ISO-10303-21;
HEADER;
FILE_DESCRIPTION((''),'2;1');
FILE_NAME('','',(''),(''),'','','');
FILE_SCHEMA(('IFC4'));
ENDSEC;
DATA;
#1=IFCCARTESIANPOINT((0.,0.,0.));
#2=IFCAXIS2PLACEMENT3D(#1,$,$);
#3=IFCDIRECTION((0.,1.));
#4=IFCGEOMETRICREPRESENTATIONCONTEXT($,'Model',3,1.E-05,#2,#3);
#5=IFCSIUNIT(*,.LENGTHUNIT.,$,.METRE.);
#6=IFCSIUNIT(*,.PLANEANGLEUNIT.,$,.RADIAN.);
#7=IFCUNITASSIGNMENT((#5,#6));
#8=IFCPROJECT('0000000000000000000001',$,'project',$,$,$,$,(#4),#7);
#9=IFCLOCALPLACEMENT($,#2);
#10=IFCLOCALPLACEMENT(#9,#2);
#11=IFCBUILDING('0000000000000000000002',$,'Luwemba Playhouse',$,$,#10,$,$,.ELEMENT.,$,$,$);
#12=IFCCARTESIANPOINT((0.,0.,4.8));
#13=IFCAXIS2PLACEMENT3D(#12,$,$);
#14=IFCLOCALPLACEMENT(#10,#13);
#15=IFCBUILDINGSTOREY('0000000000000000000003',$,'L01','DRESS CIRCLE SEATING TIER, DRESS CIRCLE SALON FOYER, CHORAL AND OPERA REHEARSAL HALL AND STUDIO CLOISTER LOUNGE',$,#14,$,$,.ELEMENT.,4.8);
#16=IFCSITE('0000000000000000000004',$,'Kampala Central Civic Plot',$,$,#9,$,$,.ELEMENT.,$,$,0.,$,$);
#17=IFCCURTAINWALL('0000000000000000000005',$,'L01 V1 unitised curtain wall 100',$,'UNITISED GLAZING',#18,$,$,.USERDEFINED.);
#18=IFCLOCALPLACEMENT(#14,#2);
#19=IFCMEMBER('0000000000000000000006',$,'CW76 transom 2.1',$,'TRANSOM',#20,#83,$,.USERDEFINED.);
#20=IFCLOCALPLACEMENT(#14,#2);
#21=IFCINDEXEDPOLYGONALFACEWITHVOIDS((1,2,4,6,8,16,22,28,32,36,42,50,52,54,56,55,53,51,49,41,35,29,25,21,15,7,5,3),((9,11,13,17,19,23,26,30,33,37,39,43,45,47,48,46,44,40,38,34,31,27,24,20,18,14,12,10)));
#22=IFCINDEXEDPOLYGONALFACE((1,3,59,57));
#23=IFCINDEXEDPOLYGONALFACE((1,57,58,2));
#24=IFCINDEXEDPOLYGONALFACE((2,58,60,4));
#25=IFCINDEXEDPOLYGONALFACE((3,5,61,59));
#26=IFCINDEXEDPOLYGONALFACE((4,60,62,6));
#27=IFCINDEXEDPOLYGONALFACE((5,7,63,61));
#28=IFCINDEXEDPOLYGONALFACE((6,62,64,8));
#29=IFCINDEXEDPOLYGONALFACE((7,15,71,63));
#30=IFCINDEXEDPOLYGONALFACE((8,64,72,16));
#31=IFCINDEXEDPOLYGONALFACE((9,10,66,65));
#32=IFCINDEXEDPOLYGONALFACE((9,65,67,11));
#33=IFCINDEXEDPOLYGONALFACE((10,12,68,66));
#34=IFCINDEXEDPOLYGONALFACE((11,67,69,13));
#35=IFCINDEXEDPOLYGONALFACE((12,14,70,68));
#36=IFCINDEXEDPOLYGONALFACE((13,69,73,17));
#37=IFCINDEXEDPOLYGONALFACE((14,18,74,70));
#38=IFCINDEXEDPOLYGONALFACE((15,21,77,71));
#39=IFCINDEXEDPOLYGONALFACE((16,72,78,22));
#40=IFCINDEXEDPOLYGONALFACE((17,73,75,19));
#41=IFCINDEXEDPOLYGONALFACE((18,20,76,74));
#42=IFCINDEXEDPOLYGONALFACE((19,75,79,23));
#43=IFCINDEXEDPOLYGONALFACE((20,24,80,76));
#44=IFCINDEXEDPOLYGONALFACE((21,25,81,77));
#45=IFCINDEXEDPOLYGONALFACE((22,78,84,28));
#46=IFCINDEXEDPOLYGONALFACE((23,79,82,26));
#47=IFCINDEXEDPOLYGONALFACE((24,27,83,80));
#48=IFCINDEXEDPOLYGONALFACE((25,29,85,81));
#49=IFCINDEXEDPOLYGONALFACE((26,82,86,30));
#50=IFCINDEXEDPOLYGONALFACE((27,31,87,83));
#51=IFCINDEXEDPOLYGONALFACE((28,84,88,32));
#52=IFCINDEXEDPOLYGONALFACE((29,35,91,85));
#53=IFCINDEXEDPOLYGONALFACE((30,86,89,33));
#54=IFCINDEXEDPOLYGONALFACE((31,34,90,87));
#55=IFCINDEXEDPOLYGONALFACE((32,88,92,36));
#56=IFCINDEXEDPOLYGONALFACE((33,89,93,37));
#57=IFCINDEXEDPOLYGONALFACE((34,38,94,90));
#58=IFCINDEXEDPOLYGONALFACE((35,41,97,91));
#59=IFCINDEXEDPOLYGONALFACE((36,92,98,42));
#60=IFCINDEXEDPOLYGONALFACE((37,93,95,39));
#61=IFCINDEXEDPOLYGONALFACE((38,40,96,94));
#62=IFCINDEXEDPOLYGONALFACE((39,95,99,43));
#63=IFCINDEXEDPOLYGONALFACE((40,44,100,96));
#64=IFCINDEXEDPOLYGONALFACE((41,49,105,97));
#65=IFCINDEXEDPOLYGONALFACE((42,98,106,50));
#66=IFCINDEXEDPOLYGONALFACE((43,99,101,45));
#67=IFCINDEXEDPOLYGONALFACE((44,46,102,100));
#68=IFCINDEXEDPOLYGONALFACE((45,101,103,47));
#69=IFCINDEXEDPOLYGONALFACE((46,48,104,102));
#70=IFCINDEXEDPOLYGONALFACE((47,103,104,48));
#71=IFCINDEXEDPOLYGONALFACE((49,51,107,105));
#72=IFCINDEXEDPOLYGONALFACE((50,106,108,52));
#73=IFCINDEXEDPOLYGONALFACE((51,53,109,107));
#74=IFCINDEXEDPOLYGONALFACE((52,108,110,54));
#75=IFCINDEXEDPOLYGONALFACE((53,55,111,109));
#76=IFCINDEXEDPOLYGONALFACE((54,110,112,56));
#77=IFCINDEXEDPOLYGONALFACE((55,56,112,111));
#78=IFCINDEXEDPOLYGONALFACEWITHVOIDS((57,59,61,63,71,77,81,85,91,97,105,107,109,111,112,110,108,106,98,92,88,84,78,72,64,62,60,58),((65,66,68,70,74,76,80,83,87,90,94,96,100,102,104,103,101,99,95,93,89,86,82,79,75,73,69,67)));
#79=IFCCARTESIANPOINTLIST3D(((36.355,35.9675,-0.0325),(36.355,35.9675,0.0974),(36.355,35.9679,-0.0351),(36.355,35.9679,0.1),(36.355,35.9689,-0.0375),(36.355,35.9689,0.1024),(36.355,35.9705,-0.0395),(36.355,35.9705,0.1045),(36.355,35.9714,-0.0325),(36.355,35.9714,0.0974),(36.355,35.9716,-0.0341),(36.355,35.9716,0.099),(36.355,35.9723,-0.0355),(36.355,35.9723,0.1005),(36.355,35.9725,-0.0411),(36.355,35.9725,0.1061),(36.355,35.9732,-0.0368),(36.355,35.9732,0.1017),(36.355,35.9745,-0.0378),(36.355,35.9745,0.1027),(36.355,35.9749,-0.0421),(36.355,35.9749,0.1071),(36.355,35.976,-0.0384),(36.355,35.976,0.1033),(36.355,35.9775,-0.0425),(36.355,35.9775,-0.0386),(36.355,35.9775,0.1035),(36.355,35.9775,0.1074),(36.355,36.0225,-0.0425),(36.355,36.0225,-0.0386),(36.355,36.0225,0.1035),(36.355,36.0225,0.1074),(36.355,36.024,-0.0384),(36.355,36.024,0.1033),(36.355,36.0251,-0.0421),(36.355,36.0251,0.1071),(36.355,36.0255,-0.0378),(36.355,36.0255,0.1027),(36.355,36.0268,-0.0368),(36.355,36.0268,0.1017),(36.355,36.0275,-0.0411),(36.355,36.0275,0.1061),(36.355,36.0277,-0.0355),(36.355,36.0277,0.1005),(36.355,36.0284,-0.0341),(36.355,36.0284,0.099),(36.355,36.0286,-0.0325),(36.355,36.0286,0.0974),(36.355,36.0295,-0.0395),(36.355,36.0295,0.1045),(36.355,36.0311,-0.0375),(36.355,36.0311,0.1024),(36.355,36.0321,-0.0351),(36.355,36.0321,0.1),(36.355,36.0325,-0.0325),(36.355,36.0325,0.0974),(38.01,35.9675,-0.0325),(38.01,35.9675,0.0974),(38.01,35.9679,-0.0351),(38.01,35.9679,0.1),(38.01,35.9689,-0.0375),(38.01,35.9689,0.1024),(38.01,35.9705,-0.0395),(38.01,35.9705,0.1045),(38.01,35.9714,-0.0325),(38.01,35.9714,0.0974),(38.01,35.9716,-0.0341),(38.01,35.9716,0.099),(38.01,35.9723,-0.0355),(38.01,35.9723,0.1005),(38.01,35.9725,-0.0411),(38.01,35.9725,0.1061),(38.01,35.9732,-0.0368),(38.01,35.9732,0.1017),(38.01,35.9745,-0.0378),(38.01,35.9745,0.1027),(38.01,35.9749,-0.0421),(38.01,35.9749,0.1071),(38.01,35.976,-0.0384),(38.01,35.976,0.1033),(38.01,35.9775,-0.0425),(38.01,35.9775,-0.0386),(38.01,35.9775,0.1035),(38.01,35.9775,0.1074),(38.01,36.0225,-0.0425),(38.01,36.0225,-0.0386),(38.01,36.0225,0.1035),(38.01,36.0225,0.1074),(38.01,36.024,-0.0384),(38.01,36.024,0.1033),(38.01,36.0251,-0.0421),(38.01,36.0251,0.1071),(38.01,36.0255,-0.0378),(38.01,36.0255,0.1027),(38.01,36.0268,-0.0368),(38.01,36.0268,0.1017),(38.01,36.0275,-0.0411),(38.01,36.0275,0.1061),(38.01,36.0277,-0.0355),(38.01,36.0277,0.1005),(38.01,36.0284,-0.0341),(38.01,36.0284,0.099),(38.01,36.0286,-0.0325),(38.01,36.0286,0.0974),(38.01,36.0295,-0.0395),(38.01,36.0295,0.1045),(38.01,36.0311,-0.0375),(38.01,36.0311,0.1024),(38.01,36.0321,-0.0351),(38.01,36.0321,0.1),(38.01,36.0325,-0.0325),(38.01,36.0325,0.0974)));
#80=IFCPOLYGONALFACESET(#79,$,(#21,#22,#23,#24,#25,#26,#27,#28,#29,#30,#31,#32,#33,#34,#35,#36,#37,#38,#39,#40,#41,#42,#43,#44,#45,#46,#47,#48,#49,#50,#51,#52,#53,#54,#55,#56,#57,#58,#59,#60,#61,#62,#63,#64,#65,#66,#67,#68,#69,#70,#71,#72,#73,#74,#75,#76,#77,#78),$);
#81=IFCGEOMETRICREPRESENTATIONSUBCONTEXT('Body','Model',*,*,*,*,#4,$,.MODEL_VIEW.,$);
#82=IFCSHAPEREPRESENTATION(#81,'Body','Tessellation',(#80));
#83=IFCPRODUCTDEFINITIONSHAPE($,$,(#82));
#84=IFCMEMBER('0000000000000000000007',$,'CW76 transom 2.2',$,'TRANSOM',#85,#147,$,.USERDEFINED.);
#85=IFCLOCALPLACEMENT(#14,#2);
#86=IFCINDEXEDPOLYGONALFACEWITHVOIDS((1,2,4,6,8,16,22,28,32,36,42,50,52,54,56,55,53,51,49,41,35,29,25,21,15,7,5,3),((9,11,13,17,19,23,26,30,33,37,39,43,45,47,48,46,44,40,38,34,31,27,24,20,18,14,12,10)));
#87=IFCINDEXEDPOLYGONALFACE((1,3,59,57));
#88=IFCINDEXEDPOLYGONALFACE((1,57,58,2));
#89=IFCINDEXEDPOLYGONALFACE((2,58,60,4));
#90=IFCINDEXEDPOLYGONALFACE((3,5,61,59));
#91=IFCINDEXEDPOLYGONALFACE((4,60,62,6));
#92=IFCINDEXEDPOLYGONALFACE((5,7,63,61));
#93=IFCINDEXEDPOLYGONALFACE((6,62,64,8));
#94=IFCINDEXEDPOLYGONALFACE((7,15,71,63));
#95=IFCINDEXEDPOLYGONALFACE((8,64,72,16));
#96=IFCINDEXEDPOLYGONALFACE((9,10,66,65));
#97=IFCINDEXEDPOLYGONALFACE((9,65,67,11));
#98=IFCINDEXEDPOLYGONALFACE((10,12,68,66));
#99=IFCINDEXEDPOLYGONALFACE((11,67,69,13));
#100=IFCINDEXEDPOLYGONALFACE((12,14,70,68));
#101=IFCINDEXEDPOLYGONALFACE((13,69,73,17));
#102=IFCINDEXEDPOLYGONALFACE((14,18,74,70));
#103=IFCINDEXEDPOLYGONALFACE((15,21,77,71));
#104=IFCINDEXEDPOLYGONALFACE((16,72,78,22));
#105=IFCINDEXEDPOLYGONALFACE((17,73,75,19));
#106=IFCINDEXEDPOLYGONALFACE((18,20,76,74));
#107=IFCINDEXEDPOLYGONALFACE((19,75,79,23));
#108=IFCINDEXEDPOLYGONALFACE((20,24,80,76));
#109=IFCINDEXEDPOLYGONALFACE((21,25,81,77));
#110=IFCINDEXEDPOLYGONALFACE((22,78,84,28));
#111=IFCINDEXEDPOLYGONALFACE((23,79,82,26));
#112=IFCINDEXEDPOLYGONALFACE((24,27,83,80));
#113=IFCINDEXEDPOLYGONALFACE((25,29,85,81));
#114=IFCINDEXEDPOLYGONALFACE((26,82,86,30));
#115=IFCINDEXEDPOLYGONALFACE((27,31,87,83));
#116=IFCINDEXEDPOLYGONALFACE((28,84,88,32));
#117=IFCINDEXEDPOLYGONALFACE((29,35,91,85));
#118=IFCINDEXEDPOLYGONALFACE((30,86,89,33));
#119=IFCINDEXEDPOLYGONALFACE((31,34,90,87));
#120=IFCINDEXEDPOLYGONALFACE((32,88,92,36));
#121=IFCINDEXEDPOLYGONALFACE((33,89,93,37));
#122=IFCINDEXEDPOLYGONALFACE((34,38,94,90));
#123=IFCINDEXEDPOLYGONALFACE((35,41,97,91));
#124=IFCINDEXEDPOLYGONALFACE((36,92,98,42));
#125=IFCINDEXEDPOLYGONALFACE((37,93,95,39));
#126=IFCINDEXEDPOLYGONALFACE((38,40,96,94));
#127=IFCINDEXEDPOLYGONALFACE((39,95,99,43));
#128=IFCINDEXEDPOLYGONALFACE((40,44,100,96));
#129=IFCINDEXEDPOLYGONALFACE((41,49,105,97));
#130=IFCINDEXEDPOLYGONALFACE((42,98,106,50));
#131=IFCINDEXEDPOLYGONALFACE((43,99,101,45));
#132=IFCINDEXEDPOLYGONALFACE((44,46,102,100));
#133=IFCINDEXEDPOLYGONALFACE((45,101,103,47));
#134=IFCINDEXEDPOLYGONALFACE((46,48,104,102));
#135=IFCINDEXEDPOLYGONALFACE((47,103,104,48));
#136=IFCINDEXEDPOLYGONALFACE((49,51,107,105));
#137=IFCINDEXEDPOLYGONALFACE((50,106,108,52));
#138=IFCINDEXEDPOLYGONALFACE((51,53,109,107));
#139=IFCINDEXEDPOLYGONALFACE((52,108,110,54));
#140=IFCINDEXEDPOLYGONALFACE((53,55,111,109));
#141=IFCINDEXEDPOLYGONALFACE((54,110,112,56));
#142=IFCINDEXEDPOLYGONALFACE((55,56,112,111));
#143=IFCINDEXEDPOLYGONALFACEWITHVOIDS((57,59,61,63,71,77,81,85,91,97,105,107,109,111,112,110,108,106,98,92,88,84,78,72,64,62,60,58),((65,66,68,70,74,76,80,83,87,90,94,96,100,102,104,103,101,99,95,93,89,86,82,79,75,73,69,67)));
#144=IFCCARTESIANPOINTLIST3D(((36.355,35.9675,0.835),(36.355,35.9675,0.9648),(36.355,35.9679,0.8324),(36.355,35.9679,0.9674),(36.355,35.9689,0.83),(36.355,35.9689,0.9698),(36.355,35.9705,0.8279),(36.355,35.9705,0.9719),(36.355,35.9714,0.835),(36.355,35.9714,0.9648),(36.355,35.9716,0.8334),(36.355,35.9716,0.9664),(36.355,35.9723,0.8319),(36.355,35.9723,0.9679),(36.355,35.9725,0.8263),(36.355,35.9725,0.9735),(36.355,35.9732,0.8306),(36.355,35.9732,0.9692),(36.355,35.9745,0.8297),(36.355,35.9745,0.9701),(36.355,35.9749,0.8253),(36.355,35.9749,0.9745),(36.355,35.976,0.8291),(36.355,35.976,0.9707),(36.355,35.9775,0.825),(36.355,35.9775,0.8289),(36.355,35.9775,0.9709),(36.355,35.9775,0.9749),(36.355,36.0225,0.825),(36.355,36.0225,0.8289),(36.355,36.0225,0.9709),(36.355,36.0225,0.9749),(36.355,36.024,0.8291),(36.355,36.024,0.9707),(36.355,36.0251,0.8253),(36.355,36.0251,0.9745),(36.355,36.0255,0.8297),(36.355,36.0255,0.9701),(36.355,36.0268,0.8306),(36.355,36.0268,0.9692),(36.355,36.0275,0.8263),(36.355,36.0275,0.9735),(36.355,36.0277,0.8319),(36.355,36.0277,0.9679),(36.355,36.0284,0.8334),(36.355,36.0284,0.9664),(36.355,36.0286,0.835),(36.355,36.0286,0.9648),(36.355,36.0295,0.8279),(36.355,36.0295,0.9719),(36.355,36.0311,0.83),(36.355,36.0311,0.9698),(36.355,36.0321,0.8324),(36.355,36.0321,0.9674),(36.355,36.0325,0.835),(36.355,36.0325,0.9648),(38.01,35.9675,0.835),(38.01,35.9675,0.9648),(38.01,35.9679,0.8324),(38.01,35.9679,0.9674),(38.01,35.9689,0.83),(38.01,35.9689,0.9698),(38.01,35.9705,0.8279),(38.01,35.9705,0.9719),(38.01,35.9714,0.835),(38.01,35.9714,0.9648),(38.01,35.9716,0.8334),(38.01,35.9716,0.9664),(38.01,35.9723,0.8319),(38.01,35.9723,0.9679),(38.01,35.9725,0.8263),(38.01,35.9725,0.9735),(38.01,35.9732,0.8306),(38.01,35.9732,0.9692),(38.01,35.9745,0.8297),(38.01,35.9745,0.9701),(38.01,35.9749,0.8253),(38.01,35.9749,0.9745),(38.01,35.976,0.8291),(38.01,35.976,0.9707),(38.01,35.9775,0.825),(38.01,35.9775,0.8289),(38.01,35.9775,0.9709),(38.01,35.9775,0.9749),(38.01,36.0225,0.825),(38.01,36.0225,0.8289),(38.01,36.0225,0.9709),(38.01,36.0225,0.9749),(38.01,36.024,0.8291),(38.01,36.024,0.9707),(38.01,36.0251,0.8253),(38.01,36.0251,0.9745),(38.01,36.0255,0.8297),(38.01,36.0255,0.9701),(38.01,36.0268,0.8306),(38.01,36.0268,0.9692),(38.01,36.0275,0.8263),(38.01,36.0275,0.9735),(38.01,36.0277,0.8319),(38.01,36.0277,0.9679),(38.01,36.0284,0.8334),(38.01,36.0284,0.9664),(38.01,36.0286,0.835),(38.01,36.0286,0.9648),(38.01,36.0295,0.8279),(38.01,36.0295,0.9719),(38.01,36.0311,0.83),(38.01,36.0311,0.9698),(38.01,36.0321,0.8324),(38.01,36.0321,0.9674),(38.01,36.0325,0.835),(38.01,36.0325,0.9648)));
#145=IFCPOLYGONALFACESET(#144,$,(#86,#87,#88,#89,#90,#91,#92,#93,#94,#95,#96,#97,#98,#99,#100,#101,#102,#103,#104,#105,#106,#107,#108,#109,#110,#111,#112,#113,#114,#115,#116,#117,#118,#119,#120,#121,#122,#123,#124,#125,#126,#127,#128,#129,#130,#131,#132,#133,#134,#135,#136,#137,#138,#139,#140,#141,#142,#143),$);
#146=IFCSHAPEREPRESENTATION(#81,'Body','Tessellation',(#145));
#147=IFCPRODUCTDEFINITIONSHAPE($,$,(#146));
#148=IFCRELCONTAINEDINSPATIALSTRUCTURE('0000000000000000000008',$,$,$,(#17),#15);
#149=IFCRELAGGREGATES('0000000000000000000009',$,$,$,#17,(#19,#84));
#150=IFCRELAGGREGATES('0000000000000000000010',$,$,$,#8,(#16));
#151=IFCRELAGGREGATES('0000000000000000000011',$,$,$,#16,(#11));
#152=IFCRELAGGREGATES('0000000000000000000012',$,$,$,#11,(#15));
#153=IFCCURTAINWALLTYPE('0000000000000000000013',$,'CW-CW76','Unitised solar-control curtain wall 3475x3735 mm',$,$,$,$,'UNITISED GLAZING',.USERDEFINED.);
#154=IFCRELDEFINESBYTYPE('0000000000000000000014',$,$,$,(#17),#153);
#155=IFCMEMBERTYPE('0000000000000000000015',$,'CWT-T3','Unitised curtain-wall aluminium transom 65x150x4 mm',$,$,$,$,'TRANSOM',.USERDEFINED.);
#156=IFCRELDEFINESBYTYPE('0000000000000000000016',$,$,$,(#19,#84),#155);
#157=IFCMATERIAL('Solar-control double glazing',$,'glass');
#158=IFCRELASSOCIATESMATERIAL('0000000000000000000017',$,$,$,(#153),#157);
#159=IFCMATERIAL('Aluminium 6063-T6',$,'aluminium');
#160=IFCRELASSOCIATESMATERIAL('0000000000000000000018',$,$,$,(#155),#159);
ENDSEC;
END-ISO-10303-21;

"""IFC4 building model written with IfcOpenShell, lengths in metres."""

from ifc_helpers import new_model, si_unit, direction, frame, origin, origin_2d, place, context, subcontext, project, spatial, hollow_rectangle, extrude, material, material_profile, profile_set, type_object, element, aggregate, save


model = new_model("IFC4")

# Units and contexts
model_context = context("Model", 3, precision=1e-05, world=origin(), true_north=direction((0.0, 1.0)))
body_context = subcontext(model_context, "Body", "Model", "MODEL_VIEW")
ifc_project = project(units=[si_unit("LENGTHUNIT", "METRE"), si_unit("PLANEANGLEUNIT", "RADIAN")], contexts=[model_context])

# Site, building, storey
site_placement = place(None, origin())
site = spatial("IfcSite", under=ifc_project, at=site_placement, Name="Kampala Central Civic Plot", CompositionType="ELEMENT", RefElevation=0.0)
building_placement = place(site_placement, origin())
building = spatial("IfcBuilding", under=site, at=building_placement, Name="Luwemba Playhouse", CompositionType="ELEMENT")
storey_placement = place(building_placement, frame((0.0, 0.0, 4.8)))
storey = spatial("IfcBuildingStorey", under=building, at=storey_placement, Name="L01", Description="DRESS CIRCLE SEATING TIER, DRESS CIRCLE SALON FOYER, CHORAL AND OPERA REHEARSAL HALL AND STUDIO CLOISTER LOUNGE", CompositionType="ELEMENT", Elevation=4.8)

# Curtain wall
ifc_material_1 = material(Name="Solar-control double glazing", Category="glass")
curtain_wall_type_1 = type_object("IfcCurtainWallType", Name="CW-CW76", Description="Unitised solar-control curtain wall 3475x3735 mm", ElementType="UNITISED GLAZING", PredefinedType="USERDEFINED", material=ifc_material_1)
curtain_wall_1_placement = place(storey_placement, origin())
curtain_wall_1 = element("IfcCurtainWall", 1, at=curtain_wall_1_placement, inside=storey, type_object=curtain_wall_type_1, Name="L01 V1 unitised curtain wall 100", ObjectType="UNITISED GLAZING", PredefinedType="USERDEFINED")
ifc_material_2 = material(Name="Aluminium 6063-T6", Category="aluminium")

# Members
ifc_material_profile_1 = material_profile(ifc_material_2, hollow_rectangle(XDim=0.0649, YDim=0.1499, WallThickness=0.0039, InnerFilletRadius=0.0061, OuterFilletRadius=0.01, at=origin_2d()))
ifc_profile_set_1 = profile_set([ifc_material_profile_1], Name="Aluminium 6063-T6")
member_type_1 = type_object("IfcMemberType", Name="CWT-T3", Description="Unitised curtain-wall aluminium transom 65x150x4 mm", ElementType="TRANSOM", PredefinedType="USERDEFINED", material=ifc_profile_set_1)
member_1_placement = place(storey_placement, frame((38.01, 36.0, 0.0325), z_axis=(-1.0, 0.0, 0.0), x_axis=(0.0, -1.0, 0.0)))
member_1 = element("IfcMember", 2, at=member_1_placement, type_object=member_type_1, Name="CW76 transom 2.1", ObjectType="TRANSOM", PredefinedType="USERDEFINED", context=body_context, shape_type="SweptSolid", body=[
    extrude(hollow_rectangle(XDim=0.0649, YDim=0.1499, WallThickness=0.0039, InnerFilletRadius=0.0061, OuterFilletRadius=0.01, at=origin_2d()), origin(), (0.0, 0.0, 1.0), 1.655),
])
member_2_placement = place(storey_placement, frame((38.01, 36.0, 0.8999), z_axis=(-1.0, 0.0, 0.0), x_axis=(0.0, -1.0, 0.0)))
member_2 = element("IfcMember", 3, at=member_2_placement, type_object=member_type_1, Name="CW76 transom 2.2", ObjectType="TRANSOM", PredefinedType="USERDEFINED", context=body_context, shape_type="SweptSolid", body=[
    extrude(hollow_rectangle(XDim=0.0649, YDim=0.1499, WallThickness=0.0039, InnerFilletRadius=0.0061, OuterFilletRadius=0.01, at=origin_2d()), origin(), (0.0, 0.0, 1.0), 1.655),
])

aggregate(curtain_wall_1, [member_1, member_2])

save(model, "model.ifc")
